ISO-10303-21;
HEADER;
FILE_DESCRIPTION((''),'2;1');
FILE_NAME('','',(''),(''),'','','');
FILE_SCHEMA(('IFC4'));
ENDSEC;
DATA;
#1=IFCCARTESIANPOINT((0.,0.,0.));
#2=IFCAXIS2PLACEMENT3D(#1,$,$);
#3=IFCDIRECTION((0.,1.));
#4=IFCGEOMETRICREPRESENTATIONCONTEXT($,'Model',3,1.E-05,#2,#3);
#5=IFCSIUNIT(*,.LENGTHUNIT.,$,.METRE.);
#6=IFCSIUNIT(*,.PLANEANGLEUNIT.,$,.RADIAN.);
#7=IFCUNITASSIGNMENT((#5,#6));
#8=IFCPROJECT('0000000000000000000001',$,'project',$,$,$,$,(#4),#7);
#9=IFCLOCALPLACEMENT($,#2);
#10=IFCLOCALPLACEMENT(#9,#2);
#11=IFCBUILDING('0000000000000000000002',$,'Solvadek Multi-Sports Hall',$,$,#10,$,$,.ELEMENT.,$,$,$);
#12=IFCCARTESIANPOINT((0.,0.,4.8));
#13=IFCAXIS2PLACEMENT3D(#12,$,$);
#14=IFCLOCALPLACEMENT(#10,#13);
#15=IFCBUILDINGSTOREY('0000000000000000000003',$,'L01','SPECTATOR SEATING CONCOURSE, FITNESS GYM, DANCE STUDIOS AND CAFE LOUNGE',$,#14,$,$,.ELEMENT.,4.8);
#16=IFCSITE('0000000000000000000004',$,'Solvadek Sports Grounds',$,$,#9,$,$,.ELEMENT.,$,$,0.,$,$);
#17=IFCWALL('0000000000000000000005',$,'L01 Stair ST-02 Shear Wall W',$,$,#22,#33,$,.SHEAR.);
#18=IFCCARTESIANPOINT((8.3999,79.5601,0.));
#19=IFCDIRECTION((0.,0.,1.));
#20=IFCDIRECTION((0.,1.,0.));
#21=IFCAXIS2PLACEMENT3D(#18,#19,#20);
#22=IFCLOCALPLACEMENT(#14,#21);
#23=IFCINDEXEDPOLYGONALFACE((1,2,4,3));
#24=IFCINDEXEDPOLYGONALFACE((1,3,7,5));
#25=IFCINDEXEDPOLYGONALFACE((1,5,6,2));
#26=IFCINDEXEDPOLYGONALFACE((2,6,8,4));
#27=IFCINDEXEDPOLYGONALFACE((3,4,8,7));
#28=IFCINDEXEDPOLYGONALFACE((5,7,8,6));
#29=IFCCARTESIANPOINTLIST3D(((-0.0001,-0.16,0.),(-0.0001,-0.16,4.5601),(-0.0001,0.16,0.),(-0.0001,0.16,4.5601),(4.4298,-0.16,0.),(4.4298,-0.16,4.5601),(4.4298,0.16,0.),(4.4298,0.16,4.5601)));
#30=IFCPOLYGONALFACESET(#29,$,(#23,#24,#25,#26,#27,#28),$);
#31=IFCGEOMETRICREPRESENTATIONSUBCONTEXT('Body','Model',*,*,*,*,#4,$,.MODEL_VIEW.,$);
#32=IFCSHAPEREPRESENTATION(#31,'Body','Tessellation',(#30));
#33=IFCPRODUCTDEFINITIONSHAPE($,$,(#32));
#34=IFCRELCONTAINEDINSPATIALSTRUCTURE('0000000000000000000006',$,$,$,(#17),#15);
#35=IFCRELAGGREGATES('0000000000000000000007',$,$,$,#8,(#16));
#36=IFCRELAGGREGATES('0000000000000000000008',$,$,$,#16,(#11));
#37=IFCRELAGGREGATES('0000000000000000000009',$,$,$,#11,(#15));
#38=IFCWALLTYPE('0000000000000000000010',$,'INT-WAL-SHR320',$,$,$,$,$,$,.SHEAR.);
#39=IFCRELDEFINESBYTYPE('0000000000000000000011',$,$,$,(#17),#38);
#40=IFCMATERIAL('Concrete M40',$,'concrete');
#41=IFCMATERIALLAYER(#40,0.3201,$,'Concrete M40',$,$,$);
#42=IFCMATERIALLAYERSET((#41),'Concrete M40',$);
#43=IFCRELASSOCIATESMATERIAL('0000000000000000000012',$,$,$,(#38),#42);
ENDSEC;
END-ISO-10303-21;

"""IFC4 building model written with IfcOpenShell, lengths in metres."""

from ifc_helpers import new_model, si_unit, direction, frame, frame_2d, origin, place, context, subcontext, project, spatial, rectangle, extrude, material, layer, layer_set, type_object, element, save


model = new_model("IFC4")

# Units and contexts
model_context = context("Model", 3, precision=1e-05, world=origin(), true_north=direction((0.0, 1.0)))
body_context = subcontext(model_context, "Body", "Model", "MODEL_VIEW")
ifc_project = project(units=[si_unit("LENGTHUNIT", "METRE"), si_unit("PLANEANGLEUNIT", "RADIAN")], contexts=[model_context])

# Site, building, storey
site_placement = place(None, origin())
site = spatial("IfcSite", under=ifc_project, at=site_placement, Name="Solvadek Sports Grounds", CompositionType="ELEMENT", RefElevation=0.0)
building_placement = place(site_placement, origin())
building = spatial("IfcBuilding", under=site, at=building_placement, Name="Solvadek Multi-Sports Hall", CompositionType="ELEMENT")
storey_placement = place(building_placement, frame((0.0, 0.0, 4.8)))
storey = spatial("IfcBuildingStorey", under=building, at=storey_placement, Name="L01", Description="SPECTATOR SEATING CONCOURSE, FITNESS GYM, DANCE STUDIOS AND CAFE LOUNGE", CompositionType="ELEMENT", Elevation=4.8)

# Wall
ifc_material_1 = material(Name="Concrete M40", Category="concrete")
ifc_layer_1 = layer(ifc_material_1, 0.3201, Name="Concrete M40")
ifc_layer_set_1 = layer_set([ifc_layer_1], Name="Concrete M40")
wall_type_1 = type_object("IfcWallType", Name="INT-WAL-SHR320", PredefinedType="SHEAR", material=ifc_layer_set_1)
wall_1_placement = place(storey_placement, frame((8.3999, 79.5601, 0.0), z_axis=(0.0, 0.0, 1.0), x_axis=(0.0, 1.0, 0.0)))
element("IfcWall", 1, at=wall_1_placement, inside=storey, type_object=wall_type_1, Name="L01 Stair ST-02 Shear Wall W", PredefinedType="SHEAR", context=body_context, shape_type="SweptSolid", body=[
    extrude(rectangle(XDim=4.4299, YDim=0.3201, at=frame_2d((2.2148, 0.0))), origin(), (0.0, 0.0, 1.0), 4.5601),
])

save(model, "model.ifc")
